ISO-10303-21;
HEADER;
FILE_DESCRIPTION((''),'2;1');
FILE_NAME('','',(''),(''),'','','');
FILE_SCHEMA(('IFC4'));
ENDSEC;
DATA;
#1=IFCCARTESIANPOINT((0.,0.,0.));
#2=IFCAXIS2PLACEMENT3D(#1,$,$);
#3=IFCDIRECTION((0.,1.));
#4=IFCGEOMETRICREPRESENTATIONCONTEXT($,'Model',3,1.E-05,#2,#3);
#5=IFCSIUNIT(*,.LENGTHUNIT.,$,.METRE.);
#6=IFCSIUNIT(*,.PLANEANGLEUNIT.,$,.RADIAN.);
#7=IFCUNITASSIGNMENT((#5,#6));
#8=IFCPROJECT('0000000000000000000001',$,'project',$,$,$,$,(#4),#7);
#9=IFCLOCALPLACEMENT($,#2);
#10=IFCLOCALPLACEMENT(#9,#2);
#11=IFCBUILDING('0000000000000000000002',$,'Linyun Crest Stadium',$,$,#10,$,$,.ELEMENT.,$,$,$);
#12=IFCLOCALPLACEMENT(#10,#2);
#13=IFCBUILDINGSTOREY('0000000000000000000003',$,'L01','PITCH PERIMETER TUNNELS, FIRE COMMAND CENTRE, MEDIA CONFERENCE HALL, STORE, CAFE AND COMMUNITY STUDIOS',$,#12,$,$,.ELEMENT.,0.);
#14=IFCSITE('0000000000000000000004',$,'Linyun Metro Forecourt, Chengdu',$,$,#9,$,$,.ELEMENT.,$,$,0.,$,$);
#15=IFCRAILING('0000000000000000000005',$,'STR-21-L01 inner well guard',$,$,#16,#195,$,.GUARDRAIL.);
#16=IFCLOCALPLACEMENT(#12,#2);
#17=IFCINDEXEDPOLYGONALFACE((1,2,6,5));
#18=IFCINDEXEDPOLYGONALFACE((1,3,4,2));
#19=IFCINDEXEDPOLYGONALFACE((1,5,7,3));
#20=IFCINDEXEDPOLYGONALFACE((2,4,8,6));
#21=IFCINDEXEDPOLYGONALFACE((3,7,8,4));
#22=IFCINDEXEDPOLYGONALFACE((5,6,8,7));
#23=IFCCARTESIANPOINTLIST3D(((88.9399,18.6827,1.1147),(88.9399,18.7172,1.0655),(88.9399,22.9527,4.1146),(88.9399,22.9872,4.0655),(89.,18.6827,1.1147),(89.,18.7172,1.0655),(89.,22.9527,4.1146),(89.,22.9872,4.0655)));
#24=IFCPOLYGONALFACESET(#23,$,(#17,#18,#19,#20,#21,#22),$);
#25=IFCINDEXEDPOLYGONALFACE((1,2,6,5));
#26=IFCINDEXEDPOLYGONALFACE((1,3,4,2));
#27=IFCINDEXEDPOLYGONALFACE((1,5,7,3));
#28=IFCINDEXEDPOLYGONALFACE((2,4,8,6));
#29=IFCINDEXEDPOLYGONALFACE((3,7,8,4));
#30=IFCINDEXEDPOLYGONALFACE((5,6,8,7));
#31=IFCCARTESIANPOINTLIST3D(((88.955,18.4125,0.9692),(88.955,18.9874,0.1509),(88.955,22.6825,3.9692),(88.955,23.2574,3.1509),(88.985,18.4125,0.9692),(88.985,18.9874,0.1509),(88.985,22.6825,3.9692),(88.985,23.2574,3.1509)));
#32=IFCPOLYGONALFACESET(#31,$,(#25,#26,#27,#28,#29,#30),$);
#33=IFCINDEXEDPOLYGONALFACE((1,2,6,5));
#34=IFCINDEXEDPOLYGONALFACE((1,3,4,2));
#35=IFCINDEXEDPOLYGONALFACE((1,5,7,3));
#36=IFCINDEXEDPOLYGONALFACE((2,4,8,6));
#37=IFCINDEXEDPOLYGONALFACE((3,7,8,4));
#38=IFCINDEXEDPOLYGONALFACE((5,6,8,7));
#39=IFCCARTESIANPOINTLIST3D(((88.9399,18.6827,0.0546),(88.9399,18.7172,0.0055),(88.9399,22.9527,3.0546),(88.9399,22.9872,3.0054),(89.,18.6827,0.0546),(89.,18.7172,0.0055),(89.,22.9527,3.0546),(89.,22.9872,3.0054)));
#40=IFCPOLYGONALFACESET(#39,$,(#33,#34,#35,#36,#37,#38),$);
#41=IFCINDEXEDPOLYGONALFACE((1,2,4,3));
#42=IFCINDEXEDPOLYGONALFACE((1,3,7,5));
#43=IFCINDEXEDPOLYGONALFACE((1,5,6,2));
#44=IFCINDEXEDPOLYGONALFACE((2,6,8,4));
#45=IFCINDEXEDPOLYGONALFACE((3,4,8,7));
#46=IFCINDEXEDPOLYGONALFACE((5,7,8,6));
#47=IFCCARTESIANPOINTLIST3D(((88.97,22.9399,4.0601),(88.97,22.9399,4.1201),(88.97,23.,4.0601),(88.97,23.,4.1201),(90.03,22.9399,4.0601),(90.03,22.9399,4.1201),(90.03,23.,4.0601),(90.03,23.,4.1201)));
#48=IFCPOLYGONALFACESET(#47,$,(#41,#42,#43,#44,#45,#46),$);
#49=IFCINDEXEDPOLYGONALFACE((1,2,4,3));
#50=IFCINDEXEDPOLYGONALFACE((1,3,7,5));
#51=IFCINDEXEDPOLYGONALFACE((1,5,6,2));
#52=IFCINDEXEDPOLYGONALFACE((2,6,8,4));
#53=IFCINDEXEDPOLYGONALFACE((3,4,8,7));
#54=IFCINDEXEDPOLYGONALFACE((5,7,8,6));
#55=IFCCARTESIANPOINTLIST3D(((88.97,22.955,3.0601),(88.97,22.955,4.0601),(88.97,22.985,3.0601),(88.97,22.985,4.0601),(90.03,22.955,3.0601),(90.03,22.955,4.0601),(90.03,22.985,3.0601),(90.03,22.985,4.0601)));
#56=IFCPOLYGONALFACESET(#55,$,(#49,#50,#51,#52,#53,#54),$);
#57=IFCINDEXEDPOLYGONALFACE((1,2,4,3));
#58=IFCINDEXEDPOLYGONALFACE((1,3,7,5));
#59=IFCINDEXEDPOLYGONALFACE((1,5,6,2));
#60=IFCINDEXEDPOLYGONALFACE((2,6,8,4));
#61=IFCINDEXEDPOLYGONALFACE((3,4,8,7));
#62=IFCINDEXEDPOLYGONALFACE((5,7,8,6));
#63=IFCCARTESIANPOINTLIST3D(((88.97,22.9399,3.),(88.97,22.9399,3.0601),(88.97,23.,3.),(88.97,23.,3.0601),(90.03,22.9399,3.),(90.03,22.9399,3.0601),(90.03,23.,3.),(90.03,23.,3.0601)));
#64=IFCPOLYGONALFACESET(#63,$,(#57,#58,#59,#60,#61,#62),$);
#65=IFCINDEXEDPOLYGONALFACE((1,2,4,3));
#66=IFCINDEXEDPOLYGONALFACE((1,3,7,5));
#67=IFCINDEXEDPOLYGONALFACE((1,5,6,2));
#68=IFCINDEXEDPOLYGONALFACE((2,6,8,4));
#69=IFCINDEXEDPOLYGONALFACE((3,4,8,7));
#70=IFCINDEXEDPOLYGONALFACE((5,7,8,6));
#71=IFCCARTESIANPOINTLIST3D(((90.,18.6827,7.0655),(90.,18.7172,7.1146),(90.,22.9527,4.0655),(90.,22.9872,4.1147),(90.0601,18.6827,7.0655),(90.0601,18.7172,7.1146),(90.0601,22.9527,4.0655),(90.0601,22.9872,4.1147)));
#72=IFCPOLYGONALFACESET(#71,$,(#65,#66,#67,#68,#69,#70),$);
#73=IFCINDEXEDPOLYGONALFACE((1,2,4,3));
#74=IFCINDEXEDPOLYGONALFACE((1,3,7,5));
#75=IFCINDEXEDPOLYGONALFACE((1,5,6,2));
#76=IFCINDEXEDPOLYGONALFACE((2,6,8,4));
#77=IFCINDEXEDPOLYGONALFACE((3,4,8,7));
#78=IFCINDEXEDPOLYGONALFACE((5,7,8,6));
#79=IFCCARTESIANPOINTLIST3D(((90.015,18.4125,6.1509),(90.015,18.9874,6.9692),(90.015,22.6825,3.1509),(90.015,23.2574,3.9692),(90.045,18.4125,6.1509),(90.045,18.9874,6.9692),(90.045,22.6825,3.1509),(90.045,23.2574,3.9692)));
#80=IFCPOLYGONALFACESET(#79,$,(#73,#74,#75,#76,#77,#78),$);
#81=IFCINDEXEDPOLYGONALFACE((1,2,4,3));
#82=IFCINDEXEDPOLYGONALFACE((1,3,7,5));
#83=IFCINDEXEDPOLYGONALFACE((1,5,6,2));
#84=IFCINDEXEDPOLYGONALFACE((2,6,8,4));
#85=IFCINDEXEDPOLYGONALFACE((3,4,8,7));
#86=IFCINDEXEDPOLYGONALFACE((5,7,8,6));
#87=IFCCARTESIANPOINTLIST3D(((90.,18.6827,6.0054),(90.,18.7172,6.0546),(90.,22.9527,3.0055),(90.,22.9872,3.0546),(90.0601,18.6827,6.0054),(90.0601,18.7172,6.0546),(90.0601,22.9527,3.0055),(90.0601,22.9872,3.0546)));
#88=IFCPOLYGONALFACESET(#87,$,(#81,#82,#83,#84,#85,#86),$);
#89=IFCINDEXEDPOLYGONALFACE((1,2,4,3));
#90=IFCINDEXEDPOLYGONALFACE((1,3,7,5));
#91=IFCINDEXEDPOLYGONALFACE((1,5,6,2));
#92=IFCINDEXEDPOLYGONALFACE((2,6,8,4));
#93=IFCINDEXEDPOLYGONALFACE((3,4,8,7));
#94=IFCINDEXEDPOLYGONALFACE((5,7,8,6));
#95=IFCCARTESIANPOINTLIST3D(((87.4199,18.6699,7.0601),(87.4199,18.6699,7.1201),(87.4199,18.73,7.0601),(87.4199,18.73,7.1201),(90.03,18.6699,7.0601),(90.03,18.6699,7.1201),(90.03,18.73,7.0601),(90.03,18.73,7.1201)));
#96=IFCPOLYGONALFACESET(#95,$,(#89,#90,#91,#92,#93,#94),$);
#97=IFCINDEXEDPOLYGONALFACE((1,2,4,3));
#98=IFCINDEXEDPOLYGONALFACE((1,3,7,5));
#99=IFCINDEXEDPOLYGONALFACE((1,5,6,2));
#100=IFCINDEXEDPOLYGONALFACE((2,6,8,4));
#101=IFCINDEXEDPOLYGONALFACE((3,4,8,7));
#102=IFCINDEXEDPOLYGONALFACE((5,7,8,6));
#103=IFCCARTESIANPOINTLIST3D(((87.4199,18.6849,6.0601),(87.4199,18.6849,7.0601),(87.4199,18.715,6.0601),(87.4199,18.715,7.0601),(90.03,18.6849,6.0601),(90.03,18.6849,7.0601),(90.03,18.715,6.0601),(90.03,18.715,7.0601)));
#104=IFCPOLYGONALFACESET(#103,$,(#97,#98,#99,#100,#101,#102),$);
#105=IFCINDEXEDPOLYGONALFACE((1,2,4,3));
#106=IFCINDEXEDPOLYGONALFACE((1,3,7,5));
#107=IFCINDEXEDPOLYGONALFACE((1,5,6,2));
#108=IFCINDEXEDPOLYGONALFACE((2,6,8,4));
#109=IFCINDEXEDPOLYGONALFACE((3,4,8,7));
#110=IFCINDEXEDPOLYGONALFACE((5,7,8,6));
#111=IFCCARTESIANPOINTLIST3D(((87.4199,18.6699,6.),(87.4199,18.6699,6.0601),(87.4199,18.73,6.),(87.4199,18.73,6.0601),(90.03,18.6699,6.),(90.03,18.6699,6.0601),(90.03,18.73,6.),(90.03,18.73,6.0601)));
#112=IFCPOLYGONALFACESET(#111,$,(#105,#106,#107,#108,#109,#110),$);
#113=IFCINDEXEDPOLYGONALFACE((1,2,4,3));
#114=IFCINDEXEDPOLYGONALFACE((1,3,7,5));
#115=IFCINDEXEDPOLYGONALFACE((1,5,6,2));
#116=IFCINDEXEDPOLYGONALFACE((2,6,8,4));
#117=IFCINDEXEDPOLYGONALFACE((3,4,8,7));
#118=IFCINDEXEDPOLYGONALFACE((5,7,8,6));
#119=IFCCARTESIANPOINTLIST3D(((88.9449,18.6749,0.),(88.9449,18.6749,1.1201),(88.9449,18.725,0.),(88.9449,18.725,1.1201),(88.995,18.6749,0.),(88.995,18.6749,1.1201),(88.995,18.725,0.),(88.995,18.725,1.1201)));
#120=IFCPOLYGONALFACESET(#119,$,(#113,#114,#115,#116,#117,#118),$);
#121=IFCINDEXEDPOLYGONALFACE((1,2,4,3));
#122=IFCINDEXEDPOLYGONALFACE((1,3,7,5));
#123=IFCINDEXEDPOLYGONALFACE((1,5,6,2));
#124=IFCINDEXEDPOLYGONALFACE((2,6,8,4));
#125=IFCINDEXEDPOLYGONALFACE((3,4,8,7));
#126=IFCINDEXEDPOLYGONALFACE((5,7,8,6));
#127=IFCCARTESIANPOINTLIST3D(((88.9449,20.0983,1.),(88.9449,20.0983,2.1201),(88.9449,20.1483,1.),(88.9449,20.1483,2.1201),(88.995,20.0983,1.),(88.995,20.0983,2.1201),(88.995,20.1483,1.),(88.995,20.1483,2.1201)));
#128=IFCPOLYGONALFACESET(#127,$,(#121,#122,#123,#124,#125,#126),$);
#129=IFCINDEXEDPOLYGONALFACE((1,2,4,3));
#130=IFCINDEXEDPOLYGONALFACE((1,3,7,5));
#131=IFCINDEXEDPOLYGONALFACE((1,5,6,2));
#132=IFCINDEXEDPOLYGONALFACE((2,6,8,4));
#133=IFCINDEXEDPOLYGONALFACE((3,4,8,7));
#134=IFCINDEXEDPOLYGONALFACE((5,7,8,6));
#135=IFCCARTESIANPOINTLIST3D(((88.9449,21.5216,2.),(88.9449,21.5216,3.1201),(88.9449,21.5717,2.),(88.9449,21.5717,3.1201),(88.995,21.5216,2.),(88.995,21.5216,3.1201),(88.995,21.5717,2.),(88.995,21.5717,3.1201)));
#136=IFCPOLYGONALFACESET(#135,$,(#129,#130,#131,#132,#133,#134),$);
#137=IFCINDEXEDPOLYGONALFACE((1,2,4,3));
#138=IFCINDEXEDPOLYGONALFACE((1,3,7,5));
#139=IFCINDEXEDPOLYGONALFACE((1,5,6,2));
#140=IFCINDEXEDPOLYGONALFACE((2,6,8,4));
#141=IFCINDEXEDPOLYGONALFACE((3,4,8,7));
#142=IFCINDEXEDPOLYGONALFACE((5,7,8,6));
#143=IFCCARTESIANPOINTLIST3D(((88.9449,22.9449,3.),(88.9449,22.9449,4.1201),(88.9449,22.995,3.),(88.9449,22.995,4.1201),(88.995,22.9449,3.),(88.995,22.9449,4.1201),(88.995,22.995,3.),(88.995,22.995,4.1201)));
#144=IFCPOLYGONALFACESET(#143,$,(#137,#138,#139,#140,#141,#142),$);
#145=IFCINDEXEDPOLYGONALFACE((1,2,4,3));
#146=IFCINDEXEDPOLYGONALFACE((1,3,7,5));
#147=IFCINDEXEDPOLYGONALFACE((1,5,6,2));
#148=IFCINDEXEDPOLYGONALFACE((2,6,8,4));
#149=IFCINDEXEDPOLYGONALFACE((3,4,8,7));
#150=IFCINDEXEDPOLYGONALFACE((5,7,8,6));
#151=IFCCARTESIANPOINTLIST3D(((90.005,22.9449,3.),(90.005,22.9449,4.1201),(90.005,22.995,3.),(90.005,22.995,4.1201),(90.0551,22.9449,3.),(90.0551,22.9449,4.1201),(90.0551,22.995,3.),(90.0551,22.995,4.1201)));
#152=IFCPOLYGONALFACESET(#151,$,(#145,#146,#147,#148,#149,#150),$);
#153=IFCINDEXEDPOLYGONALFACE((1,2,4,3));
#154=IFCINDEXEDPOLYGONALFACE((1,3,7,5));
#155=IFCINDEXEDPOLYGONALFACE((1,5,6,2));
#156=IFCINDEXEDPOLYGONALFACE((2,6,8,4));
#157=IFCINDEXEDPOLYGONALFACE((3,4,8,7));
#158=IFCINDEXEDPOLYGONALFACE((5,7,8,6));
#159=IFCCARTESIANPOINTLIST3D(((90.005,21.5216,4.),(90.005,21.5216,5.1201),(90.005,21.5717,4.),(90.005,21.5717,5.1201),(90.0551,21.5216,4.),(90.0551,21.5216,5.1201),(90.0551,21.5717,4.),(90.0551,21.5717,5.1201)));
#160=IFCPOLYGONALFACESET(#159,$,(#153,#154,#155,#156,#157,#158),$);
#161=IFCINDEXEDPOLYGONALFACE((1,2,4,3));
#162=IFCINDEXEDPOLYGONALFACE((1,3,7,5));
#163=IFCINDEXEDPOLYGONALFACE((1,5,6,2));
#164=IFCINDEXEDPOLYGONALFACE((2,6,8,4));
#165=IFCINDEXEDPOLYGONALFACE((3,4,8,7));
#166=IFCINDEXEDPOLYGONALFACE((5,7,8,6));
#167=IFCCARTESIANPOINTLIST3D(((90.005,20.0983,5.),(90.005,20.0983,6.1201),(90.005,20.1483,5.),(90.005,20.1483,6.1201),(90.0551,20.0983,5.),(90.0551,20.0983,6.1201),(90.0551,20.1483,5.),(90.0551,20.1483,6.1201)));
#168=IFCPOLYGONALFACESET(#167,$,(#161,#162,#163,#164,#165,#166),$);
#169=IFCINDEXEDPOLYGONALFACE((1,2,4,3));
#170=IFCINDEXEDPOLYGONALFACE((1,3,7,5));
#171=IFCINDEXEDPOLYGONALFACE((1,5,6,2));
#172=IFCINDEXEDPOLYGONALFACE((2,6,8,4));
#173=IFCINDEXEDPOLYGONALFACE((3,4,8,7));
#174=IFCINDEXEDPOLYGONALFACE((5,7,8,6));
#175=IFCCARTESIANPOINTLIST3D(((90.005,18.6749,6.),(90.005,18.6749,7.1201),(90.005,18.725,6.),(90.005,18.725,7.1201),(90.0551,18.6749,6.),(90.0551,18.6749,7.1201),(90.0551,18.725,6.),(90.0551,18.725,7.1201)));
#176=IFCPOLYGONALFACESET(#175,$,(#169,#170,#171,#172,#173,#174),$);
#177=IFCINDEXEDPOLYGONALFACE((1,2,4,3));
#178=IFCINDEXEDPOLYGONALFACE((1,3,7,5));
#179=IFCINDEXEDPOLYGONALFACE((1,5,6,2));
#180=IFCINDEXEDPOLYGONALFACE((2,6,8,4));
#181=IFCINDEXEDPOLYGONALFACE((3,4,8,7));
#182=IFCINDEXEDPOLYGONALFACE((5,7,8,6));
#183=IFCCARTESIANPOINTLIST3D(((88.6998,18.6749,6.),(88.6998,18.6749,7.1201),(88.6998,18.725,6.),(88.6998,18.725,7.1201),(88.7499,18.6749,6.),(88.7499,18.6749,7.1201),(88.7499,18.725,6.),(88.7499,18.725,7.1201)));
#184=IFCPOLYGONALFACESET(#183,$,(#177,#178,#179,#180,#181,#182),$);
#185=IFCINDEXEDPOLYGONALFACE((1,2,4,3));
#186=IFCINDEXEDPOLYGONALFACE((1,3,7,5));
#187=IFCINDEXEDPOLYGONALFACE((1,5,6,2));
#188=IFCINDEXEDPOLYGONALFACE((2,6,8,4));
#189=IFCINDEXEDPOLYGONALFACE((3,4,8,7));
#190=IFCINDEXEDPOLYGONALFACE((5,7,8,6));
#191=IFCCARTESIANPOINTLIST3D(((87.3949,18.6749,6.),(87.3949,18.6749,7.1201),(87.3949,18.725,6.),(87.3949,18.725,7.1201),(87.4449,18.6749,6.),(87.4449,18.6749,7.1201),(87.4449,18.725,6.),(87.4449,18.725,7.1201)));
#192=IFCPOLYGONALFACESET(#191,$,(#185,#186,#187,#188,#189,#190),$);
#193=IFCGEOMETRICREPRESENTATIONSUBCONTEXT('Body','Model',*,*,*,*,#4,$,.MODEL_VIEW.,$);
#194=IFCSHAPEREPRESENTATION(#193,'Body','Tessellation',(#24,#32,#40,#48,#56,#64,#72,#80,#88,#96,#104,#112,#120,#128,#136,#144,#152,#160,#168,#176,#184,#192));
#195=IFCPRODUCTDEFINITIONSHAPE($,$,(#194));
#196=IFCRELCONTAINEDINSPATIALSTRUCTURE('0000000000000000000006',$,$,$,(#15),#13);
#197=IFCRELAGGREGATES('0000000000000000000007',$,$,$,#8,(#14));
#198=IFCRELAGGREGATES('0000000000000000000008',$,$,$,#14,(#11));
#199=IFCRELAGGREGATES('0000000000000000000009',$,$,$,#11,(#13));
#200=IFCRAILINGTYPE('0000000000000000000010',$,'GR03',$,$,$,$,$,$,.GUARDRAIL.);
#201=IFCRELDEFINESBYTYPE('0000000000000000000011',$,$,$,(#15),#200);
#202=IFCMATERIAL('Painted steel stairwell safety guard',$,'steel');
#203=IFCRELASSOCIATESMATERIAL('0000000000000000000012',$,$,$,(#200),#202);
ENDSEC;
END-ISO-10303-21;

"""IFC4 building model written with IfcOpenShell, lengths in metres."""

from ifc_helpers import new_model, si_unit, direction, frame, origin, origin_2d, place, context, subcontext, project, spatial, rectangle, extrude, material, type_object, element, save


model = new_model("IFC4")

# Units and contexts
model_context = context("Model", 3, precision=1e-05, world=origin(), true_north=direction((0.0, 1.0)))
body_context = subcontext(model_context, "Body", "Model", "MODEL_VIEW")
ifc_project = project(units=[si_unit("LENGTHUNIT", "METRE"), si_unit("PLANEANGLEUNIT", "RADIAN")], contexts=[model_context])

# Site, building, storey
site_placement = place(None, origin())
site = spatial("IfcSite", under=ifc_project, at=site_placement, Name="Linyun Metro Forecourt, Chengdu", CompositionType="ELEMENT", RefElevation=0.0)
building_placement = place(site_placement, origin())
building = spatial("IfcBuilding", under=site, at=building_placement, Name="Linyun Crest Stadium", CompositionType="ELEMENT")
storey_placement = place(building_placement, origin())
storey = spatial("IfcBuildingStorey", under=building, at=storey_placement, Name="L01", Description="PITCH PERIMETER TUNNELS, FIRE COMMAND CENTRE, MEDIA CONFERENCE HALL, STORE, CAFE AND COMMUNITY STUDIOS", CompositionType="ELEMENT", Elevation=0.0)

# Railing
ifc_material_1 = material(Name="Painted steel stairwell safety guard", Category="steel")
railing_type_1 = type_object("IfcRailingType", Name="GR03", PredefinedType="GUARDRAIL", material=ifc_material_1)
railing_1_placement = place(storey_placement, frame((88.97, 18.7, 0.0)))
element("IfcRailing", 1, at=railing_1_placement, inside=storey, type_object=railing_type_1, Name="STR-21-L01 inner well guard", PredefinedType="GUARDRAIL", context=body_context, shape_type="SweptSolid", body=[
    extrude(rectangle(XDim=0.0601, YDim=0.0601, at=origin_2d()), frame((0.0, 0.0, 1.0901), z_axis=(0.0, 0.818242, 0.574874), x_axis=(-1.0, 0.0, 0.0)), (0.0, 0.0, 1.0), 5.2185),
    extrude(rectangle(XDim=0.03, YDim=1.0, at=origin_2d()), frame((0.0, 0.0, 0.5601), z_axis=(0.0, 0.818242, 0.574874), x_axis=(-1.0, 0.0, 0.0)), (0.0, 0.0, 1.0), 5.2185),
    extrude(rectangle(XDim=0.0601, YDim=0.0601, at=origin_2d()), frame((0.0, 0.0, 0.03), z_axis=(0.0, 0.818242, 0.574874), x_axis=(-1.0, 0.0, 0.0)), (0.0, 0.0, 1.0), 5.2185),
    extrude(rectangle(XDim=0.0601, YDim=0.0601, at=origin_2d()), frame((0.0, 4.27, 4.0901), z_axis=(1.0, 0.0, 0.0), x_axis=(0.0, 1.0, 0.0)), (0.0, 0.0, 1.0), 1.0601),
    extrude(rectangle(XDim=0.03, YDim=1.0, at=origin_2d()), frame((0.0, 4.27, 3.5601), z_axis=(1.0, 0.0, 0.0), x_axis=(0.0, 1.0, 0.0)), (0.0, 0.0, 1.0), 1.0601),
    extrude(rectangle(XDim=0.0601, YDim=0.0601, at=origin_2d()), frame((0.0, 4.27, 3.03), z_axis=(1.0, 0.0, 0.0), x_axis=(0.0, 1.0, 0.0)), (0.0, 0.0, 1.0), 1.0601),
    extrude(rectangle(XDim=0.0601, YDim=0.0601, at=origin_2d()), frame((1.0601, 4.27, 4.0901), z_axis=(0.0, -0.818242, 0.574874), x_axis=(1.0, 0.0, 0.0)), (0.0, 0.0, 1.0), 5.2185),
    extrude(rectangle(XDim=0.03, YDim=1.0, at=origin_2d()), frame((1.0601, 4.27, 3.5601), z_axis=(0.0, -0.818242, 0.574874), x_axis=(1.0, 0.0, 0.0)), (0.0, 0.0, 1.0), 5.2185),
    extrude(rectangle(XDim=0.0601, YDim=0.0601, at=origin_2d()), frame((1.0601, 4.27, 3.03), z_axis=(0.0, -0.818242, 0.574874), x_axis=(1.0, 0.0, 0.0)), (0.0, 0.0, 1.0), 5.2185),
    extrude(rectangle(XDim=0.0601, YDim=0.0601, at=origin_2d()), frame((1.0601, 0.0, 7.0901), z_axis=(-1.0, 0.0, 0.0), x_axis=(0.0, -1.0, 0.0)), (0.0, 0.0, 1.0), 2.6101),
    extrude(rectangle(XDim=0.03, YDim=1.0, at=origin_2d()), frame((1.0601, 0.0, 6.5601), z_axis=(-1.0, 0.0, 0.0), x_axis=(0.0, -1.0, 0.0)), (0.0, 0.0, 1.0), 2.6101),
    extrude(rectangle(XDim=0.0601, YDim=0.0601, at=origin_2d()), frame((1.0601, 0.0, 6.03), z_axis=(-1.0, 0.0, 0.0), x_axis=(0.0, -1.0, 0.0)), (0.0, 0.0, 1.0), 2.6101),
    extrude(rectangle(XDim=0.05, YDim=0.05, at=origin_2d()), origin(), (0.0, 0.0, 1.0), 1.1201),
    extrude(rectangle(XDim=0.05, YDim=0.05, at=origin_2d()), frame((0.0, 1.4233, 1.0)), (0.0, 0.0, 1.0), 1.1201),
    extrude(rectangle(XDim=0.05, YDim=0.05, at=origin_2d()), frame((0.0, 2.8467, 2.0)), (0.0, 0.0, 1.0), 1.1201),
    extrude(rectangle(XDim=0.05, YDim=0.05, at=origin_2d()), frame((0.0, 4.27, 3.0)), (0.0, 0.0, 1.0), 1.1201),
    extrude(rectangle(XDim=0.05, YDim=0.05, at=origin_2d()), frame((1.0601, 4.27, 3.0)), (0.0, 0.0, 1.0), 1.1201),
    extrude(rectangle(XDim=0.05, YDim=0.05, at=origin_2d()), frame((1.0601, 2.8467, 4.0)), (0.0, 0.0, 1.0), 1.1201),
    extrude(rectangle(XDim=0.05, YDim=0.05, at=origin_2d()), frame((1.0601, 1.4233, 5.0)), (0.0, 0.0, 1.0), 1.1201),
    extrude(rectangle(XDim=0.05, YDim=0.05, at=origin_2d()), frame((1.0601, 0.0, 6.0)), (0.0, 0.0, 1.0), 1.1201),
    extrude(rectangle(XDim=0.05, YDim=0.05, at=origin_2d()), frame((-0.2451, 0.0, 6.0)), (0.0, 0.0, 1.0), 1.1201),
    extrude(rectangle(XDim=0.05, YDim=0.05, at=origin_2d()), frame((-1.55, 0.0, 6.0)), (0.0, 0.0, 1.0), 1.1201),
])

save(model, "model.ifc")
